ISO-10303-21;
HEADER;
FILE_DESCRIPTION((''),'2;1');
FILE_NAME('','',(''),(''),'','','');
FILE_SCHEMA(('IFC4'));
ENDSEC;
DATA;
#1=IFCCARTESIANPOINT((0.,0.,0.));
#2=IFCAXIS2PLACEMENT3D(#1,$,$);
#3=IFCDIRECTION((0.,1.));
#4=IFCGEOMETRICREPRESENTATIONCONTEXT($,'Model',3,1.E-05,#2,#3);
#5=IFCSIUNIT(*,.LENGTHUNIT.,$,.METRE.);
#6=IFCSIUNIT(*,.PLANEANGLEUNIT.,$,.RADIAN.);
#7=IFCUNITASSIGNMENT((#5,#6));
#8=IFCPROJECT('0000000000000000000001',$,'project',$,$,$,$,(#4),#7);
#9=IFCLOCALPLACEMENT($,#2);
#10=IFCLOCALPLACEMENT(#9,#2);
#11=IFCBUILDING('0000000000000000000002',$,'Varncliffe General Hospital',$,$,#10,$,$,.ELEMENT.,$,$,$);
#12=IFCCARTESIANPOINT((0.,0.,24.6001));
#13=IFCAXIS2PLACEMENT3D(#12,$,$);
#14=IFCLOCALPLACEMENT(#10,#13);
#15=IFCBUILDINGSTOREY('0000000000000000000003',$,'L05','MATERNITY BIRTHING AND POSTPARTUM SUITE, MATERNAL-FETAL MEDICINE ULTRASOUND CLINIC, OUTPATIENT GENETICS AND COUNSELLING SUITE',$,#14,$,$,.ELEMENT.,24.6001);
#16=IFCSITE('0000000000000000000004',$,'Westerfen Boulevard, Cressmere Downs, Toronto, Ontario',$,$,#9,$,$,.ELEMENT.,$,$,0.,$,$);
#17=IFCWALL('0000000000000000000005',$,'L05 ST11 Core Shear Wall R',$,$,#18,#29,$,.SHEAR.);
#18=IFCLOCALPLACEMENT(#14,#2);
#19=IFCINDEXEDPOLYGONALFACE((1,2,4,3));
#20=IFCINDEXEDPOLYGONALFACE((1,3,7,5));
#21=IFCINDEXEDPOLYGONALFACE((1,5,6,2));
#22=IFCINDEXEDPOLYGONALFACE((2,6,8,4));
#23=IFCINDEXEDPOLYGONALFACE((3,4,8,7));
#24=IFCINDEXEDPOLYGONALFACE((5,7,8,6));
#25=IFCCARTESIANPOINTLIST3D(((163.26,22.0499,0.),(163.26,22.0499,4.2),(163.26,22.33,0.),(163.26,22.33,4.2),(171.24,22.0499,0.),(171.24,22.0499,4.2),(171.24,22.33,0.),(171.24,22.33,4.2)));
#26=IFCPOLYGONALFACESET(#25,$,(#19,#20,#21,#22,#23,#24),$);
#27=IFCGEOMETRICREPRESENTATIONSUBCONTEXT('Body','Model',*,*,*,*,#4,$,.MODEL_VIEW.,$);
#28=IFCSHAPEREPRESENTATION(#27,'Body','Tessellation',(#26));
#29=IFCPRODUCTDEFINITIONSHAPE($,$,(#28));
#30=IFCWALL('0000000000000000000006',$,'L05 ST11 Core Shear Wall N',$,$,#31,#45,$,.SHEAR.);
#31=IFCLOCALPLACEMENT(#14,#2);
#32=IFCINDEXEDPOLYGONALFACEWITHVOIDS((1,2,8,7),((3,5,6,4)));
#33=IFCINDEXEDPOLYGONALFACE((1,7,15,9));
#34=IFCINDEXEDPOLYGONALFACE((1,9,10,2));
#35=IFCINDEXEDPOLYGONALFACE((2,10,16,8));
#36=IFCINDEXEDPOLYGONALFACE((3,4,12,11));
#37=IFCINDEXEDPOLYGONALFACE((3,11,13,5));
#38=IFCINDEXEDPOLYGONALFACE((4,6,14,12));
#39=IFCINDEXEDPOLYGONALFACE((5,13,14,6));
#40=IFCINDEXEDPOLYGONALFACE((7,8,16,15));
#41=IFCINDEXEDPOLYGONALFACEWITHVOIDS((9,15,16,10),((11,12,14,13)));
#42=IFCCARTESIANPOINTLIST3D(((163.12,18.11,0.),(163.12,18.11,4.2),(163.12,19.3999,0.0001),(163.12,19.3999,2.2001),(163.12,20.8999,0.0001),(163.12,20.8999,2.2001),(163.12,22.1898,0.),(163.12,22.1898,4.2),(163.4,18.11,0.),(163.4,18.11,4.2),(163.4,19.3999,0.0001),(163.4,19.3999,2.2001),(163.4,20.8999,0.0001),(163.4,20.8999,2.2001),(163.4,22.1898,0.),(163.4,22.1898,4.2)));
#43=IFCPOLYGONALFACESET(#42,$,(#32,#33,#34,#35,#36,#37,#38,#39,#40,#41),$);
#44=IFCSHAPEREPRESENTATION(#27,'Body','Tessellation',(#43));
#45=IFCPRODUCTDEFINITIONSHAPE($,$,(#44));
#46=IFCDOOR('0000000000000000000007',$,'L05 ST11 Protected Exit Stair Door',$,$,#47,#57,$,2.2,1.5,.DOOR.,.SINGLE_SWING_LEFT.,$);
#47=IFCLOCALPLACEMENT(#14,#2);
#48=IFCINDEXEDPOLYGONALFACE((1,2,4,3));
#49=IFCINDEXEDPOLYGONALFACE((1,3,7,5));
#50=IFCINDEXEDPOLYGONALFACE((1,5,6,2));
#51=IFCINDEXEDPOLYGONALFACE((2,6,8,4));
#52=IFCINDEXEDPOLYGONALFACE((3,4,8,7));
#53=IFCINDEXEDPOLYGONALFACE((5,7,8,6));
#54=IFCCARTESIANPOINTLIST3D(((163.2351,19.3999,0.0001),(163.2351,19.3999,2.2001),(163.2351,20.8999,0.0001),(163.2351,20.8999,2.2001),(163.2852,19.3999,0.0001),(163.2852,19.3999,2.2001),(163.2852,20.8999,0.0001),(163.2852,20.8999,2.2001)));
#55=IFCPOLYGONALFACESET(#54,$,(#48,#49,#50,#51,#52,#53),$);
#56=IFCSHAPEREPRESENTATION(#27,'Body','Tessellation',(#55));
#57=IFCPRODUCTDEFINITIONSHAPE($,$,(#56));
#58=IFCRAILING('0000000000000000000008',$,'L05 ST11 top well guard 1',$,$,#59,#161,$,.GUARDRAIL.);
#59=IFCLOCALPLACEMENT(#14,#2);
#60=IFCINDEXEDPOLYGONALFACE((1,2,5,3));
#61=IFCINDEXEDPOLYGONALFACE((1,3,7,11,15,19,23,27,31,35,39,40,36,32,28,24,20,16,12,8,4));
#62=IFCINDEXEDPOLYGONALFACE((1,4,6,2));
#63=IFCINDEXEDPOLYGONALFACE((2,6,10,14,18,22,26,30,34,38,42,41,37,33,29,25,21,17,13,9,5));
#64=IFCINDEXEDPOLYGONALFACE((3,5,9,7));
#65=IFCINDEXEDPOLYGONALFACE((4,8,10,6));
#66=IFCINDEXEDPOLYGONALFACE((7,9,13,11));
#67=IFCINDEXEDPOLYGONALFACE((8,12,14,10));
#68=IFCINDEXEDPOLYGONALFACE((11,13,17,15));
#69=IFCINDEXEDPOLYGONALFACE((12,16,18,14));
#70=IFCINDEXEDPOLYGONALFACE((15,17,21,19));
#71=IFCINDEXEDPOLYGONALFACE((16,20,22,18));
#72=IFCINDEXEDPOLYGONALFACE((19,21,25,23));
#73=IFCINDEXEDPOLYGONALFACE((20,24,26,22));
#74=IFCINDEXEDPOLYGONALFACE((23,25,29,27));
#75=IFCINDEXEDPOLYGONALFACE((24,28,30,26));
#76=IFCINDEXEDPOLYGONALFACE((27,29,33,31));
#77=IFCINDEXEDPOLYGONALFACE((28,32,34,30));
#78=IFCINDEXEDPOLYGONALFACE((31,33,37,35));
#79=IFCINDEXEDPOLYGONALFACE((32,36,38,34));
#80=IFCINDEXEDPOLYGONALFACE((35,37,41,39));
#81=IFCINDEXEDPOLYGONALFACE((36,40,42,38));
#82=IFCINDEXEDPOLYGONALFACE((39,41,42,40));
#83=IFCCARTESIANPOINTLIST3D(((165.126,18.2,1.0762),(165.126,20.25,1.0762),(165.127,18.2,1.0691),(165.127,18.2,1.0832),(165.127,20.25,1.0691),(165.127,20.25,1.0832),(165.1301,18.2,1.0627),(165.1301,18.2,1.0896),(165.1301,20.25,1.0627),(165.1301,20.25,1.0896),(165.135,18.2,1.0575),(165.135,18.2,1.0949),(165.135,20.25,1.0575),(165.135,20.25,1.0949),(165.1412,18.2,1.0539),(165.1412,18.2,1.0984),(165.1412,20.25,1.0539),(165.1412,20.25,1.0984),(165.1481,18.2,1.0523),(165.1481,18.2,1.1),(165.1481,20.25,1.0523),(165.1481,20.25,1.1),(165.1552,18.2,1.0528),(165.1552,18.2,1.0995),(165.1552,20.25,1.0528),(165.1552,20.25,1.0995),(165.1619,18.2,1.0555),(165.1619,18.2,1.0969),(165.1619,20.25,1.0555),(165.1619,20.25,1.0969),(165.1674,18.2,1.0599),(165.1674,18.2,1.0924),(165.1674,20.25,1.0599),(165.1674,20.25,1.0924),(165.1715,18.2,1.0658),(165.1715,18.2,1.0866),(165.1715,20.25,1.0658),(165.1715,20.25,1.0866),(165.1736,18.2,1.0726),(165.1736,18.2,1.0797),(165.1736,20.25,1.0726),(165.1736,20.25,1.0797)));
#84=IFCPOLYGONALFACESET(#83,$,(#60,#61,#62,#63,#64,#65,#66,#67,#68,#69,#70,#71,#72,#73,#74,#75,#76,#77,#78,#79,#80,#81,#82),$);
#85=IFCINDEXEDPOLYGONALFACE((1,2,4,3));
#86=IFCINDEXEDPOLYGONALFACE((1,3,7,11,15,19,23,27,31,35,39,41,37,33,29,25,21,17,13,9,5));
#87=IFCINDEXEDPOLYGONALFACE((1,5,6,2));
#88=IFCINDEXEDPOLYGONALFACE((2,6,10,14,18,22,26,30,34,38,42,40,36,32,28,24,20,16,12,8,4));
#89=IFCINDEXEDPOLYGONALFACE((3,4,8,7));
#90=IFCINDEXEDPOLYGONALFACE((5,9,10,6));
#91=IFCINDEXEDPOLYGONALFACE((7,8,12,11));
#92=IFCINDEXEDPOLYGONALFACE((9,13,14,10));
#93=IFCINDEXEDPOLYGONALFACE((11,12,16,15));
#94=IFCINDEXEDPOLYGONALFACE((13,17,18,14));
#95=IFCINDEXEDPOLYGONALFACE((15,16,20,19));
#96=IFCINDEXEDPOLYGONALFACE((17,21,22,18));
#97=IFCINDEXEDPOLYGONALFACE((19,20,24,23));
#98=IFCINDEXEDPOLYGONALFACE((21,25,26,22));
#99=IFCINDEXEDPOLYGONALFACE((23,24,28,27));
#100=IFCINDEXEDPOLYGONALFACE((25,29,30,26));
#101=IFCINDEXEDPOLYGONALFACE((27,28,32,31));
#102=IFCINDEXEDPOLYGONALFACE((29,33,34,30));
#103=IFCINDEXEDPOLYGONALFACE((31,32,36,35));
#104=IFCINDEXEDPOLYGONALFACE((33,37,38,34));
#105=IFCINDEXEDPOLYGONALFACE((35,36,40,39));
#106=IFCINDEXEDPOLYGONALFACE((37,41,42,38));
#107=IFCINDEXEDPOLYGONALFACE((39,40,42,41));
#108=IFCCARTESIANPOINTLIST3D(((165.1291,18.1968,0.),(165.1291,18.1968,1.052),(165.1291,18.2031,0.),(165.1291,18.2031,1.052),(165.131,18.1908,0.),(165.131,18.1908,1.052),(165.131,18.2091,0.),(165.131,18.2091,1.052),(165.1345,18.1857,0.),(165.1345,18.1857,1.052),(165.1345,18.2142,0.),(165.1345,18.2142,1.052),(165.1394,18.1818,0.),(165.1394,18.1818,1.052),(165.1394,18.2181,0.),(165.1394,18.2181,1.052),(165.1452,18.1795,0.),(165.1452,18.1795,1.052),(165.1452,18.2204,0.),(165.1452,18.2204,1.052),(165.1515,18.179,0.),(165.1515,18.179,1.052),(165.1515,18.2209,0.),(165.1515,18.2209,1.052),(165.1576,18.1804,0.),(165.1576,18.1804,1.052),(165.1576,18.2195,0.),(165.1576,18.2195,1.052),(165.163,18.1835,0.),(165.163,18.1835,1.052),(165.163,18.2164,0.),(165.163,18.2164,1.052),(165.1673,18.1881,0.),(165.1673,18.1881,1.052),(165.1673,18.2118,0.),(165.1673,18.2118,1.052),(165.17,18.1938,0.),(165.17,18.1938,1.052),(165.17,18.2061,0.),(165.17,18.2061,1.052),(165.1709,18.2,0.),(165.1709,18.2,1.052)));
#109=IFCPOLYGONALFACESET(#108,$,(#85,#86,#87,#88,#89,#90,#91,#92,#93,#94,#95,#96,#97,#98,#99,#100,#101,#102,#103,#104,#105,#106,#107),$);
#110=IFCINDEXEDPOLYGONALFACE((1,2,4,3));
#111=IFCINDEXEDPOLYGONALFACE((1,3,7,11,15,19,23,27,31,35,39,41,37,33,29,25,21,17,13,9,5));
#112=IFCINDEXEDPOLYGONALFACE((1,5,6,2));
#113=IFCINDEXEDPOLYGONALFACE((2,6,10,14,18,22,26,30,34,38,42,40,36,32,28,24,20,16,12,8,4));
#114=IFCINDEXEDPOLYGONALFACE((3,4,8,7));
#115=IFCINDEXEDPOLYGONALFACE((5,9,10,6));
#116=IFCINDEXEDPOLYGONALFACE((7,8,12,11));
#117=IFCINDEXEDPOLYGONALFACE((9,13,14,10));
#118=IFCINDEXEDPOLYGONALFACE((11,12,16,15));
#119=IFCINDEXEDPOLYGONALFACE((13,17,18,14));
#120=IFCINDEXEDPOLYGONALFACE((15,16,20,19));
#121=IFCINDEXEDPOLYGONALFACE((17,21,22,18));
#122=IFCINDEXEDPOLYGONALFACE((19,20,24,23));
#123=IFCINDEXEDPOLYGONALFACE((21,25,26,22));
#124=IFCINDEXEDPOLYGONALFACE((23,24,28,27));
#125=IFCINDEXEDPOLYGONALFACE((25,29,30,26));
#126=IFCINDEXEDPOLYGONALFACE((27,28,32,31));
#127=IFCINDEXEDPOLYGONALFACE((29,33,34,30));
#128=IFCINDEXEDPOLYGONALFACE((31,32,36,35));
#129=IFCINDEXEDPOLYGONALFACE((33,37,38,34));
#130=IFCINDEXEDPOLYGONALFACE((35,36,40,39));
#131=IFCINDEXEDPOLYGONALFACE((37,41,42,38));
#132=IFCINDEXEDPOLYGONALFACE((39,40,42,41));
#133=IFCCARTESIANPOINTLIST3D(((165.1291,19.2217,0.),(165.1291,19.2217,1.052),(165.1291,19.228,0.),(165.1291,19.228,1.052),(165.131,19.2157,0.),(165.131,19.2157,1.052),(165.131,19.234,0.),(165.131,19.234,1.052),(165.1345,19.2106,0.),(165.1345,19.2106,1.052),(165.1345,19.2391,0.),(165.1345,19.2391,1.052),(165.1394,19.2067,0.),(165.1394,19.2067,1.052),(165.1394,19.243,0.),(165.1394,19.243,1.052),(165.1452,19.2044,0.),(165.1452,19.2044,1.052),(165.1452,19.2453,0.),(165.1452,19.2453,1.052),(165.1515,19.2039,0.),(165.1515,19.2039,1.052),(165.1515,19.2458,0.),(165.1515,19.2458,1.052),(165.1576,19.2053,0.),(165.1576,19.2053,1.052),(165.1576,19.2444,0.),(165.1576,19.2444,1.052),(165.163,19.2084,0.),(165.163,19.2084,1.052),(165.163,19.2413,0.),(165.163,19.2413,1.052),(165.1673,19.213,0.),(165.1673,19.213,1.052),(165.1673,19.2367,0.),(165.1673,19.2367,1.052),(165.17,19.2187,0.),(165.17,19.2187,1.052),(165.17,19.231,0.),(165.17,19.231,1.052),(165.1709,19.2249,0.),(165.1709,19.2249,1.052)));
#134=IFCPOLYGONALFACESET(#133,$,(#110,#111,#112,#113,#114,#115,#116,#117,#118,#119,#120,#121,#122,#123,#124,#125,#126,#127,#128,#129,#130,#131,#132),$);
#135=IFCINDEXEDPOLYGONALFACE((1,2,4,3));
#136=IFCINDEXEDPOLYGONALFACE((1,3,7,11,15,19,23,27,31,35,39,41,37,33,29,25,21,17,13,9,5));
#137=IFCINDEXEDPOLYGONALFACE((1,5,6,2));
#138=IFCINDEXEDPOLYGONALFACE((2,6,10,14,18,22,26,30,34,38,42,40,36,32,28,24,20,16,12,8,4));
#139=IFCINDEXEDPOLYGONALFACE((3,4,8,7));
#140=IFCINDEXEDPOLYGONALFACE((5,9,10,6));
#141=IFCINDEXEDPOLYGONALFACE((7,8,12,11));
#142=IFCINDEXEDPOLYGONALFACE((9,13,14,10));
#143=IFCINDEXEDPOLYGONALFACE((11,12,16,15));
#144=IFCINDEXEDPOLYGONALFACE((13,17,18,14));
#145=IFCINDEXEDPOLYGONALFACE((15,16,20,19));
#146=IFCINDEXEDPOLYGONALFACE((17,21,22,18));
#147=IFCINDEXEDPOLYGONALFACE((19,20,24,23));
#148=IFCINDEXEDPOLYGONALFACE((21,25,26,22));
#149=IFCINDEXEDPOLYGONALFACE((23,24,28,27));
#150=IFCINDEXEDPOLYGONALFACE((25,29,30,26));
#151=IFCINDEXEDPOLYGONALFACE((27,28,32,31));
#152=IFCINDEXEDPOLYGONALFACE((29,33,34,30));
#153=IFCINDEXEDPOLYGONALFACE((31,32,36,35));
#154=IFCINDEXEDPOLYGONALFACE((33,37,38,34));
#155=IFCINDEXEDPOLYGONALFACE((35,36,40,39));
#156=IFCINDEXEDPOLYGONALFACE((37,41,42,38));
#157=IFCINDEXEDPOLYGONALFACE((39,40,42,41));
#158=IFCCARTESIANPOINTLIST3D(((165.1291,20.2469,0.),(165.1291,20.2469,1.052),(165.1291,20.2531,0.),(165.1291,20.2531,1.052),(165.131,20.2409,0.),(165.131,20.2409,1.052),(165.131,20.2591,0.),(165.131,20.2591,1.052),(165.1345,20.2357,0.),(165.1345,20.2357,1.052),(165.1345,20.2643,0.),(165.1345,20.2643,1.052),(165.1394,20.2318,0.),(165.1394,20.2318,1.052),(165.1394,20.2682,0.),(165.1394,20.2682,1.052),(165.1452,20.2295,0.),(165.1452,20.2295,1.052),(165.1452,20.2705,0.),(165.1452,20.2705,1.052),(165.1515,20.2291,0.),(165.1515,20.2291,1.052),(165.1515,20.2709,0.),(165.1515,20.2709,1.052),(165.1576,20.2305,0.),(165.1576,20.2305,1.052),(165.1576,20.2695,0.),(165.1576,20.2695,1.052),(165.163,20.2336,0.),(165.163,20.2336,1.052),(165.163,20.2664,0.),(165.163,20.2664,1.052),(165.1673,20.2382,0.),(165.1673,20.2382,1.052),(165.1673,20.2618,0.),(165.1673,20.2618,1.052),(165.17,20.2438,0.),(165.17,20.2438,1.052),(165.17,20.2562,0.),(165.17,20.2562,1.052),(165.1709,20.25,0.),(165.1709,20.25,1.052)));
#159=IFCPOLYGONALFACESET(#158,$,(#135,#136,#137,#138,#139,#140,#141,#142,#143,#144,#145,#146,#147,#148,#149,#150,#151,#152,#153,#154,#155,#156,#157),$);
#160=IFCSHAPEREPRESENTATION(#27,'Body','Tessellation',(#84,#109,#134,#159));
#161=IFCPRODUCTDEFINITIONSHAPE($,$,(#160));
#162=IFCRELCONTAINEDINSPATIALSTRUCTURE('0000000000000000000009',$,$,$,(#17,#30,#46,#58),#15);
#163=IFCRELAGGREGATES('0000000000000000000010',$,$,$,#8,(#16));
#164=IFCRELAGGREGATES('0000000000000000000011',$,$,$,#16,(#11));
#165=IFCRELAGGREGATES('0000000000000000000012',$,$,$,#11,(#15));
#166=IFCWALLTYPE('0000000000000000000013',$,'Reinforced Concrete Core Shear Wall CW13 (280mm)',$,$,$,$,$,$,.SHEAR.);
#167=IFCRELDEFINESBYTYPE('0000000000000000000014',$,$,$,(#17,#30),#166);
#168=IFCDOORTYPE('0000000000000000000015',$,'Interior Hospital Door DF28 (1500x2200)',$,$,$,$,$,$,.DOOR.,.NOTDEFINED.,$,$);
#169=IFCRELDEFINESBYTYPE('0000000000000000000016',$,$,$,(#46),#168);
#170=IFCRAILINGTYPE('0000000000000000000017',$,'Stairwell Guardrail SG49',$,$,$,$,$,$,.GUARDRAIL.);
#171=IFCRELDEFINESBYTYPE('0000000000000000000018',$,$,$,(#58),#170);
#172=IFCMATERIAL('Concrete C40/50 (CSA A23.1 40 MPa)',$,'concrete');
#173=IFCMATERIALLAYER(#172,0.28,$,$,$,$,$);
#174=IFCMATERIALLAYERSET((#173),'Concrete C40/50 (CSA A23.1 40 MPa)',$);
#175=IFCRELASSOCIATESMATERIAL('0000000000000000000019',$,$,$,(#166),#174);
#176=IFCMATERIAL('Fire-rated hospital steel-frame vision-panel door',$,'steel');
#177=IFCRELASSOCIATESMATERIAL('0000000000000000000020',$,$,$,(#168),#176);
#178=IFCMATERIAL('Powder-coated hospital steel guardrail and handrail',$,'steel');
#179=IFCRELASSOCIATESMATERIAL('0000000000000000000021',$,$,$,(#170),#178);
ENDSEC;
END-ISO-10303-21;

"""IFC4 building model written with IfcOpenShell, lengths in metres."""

from ifc_helpers import new_model, si_unit, direction, frame, frame_2d, origin, origin_2d, place, context, subcontext, project, spatial, rectangle, circle, extrude, material, layer, layer_set, type_object, element, fill, save


model = new_model("IFC4")

# Units and contexts
model_context = context("Model", 3, precision=1e-05, world=origin(), true_north=direction((0.0, 1.0)))
body_context = subcontext(model_context, "Body", "Model", "MODEL_VIEW")
ifc_project = project(units=[si_unit("LENGTHUNIT", "METRE"), si_unit("PLANEANGLEUNIT", "RADIAN")], contexts=[model_context])

# Site, building, storey
site_placement = place(None, origin())
site = spatial("IfcSite", under=ifc_project, at=site_placement, Name="Westerfen Boulevard, Cressmere Downs, Toronto, Ontario", CompositionType="ELEMENT", RefElevation=0.0)
building_placement = place(site_placement, origin())
building = spatial("IfcBuilding", under=site, at=building_placement, Name="Varncliffe General Hospital", CompositionType="ELEMENT")
storey_placement = place(building_placement, frame((0.0, 0.0, 24.6001)))
storey = spatial("IfcBuildingStorey", under=building, at=storey_placement, Name="L05", Description="MATERNITY BIRTHING AND POSTPARTUM SUITE, MATERNAL-FETAL MEDICINE ULTRASOUND CLINIC, OUTPATIENT GENETICS AND COUNSELLING SUITE", CompositionType="ELEMENT", Elevation=24.6001)

# Shared definitions
ifc_material_1 = material(Name="Concrete C40/50 (CSA A23.1 40 MPa)", Category="concrete")

# Wall
ifc_layer_1 = layer(ifc_material_1, 0.28)
ifc_layer_set_1 = layer_set([ifc_layer_1], Name="Concrete C40/50 (CSA A23.1 40 MPa)")
wall_type_1 = type_object("IfcWallType", Name="Reinforced Concrete Core Shear Wall CW13 (280mm)", PredefinedType="SHEAR", material=ifc_layer_set_1)
wall_1_placement = place(storey_placement, frame((171.24, 22.1899, 0.0), z_axis=(0.0, 0.0, 1.0), x_axis=(-1.0, 0.0, 0.0)))
element("IfcWall", 1, at=wall_1_placement, inside=storey, type_object=wall_type_1, Name="L05 ST11 Core Shear Wall R", PredefinedType="SHEAR", context=body_context, shape_type="SweptSolid", body=[
    extrude(rectangle(XDim=7.98, YDim=0.28, at=frame_2d((3.99, 0.0))), origin(), (0.0, 0.0, 1.0), 4.2),
])

# Wall, opening, door
wall_2_placement = place(storey_placement, frame((163.26, 22.1899, 0.0), z_axis=(0.0, 0.0, 1.0), x_axis=(0.0, -1.0, 0.0)))
wall_2 = element("IfcWall", 2, at=wall_2_placement, inside=storey, type_object=wall_type_1, Name="L05 ST11 Core Shear Wall N", PredefinedType="SHEAR", context=body_context, shape_type="SweptSolid", body=[
    extrude(rectangle(XDim=4.0798, YDim=0.28, at=frame_2d((2.04, 0.0))), origin(), (0.0, 0.0, 1.0), 4.2),
])
opening_1_placement = place(wall_2_placement, frame((1.29, 0.0, 0.0)))
opening_1 = element("IfcOpeningElement", 3, at=opening_1_placement, cuts=wall_2, PredefinedType="OPENING", context=body_context, shape_type="SweptSolid", body=[
    extrude(rectangle(XDim=1.5, YDim=2.2, at=frame_2d((0.75, 1.1001))), frame((0.0, 0.1499, 0.0), z_axis=(0.0, -1.0, 0.0), x_axis=(1.0, 0.0, 0.0)), (0.0, 0.0, 1.0), 0.3),
])
ifc_material_2 = material(Name="Fire-rated hospital steel-frame vision-panel door", Category="steel")
door_type = type_object("IfcDoorType", Name="Interior Hospital Door DF28 (1500x2200)", OperationType="NOTDEFINED", PredefinedType="DOOR", material=ifc_material_2)
door_placement = place(opening_1_placement, frame((1.5, 0.0, 0.0), z_axis=(0.0, 0.0, 1.0), x_axis=(-1.0, 0.0, 0.0)))
door = element("IfcDoor", 4, at=door_placement, inside=storey, type_object=door_type, Name="L05 ST11 Protected Exit Stair Door", OperationType="SINGLE_SWING_LEFT", OverallHeight=2.2, OverallWidth=1.5, PredefinedType="DOOR", context=body_context, shape_type="SweptSolid", body=[
    extrude(rectangle(XDim=1.5, YDim=2.2, at=frame_2d((0.75, 1.1001))), frame((0.0, 0.0249, 0.0), z_axis=(0.0, -1.0, 0.0), x_axis=(1.0, 0.0, 0.0)), (0.0, 0.0, 1.0), 0.05),
])
fill(opening_1, door)

# Railing
ifc_material_3 = material(Name="Powder-coated hospital steel guardrail and handrail", Category="steel")
railing_type = type_object("IfcRailingType", Name="Stairwell Guardrail SG49", PredefinedType="GUARDRAIL", material=ifc_material_3)
railing_placement = place(storey_placement, frame((165.1499, 18.2, 0.0)))
element("IfcRailing", 5, at=railing_placement, inside=storey, type_object=railing_type, Name="L05 ST11 top well guard 1", PredefinedType="GUARDRAIL", context=body_context, shape_type="SweptSolid", body=[
    extrude(circle(Radius=0.0239, at=origin_2d()), frame((0.0, 0.0, 1.0762), z_axis=(0.0, 1.0, 0.0), x_axis=(-1.0, 0.0, 0.0)), (0.0, 0.0, 1.0), 2.05),
    extrude(circle(Radius=0.021, at=origin_2d()), origin(), (0.0, 0.0, 1.0), 1.052),
    extrude(circle(Radius=0.021, at=origin_2d()), frame((0.0, 1.0249, 0.0)), (0.0, 0.0, 1.0), 1.052),
    extrude(circle(Radius=0.021, at=origin_2d()), frame((0.0, 2.05, 0.0)), (0.0, 0.0, 1.0), 1.052),
])

save(model, "model.ifc")
